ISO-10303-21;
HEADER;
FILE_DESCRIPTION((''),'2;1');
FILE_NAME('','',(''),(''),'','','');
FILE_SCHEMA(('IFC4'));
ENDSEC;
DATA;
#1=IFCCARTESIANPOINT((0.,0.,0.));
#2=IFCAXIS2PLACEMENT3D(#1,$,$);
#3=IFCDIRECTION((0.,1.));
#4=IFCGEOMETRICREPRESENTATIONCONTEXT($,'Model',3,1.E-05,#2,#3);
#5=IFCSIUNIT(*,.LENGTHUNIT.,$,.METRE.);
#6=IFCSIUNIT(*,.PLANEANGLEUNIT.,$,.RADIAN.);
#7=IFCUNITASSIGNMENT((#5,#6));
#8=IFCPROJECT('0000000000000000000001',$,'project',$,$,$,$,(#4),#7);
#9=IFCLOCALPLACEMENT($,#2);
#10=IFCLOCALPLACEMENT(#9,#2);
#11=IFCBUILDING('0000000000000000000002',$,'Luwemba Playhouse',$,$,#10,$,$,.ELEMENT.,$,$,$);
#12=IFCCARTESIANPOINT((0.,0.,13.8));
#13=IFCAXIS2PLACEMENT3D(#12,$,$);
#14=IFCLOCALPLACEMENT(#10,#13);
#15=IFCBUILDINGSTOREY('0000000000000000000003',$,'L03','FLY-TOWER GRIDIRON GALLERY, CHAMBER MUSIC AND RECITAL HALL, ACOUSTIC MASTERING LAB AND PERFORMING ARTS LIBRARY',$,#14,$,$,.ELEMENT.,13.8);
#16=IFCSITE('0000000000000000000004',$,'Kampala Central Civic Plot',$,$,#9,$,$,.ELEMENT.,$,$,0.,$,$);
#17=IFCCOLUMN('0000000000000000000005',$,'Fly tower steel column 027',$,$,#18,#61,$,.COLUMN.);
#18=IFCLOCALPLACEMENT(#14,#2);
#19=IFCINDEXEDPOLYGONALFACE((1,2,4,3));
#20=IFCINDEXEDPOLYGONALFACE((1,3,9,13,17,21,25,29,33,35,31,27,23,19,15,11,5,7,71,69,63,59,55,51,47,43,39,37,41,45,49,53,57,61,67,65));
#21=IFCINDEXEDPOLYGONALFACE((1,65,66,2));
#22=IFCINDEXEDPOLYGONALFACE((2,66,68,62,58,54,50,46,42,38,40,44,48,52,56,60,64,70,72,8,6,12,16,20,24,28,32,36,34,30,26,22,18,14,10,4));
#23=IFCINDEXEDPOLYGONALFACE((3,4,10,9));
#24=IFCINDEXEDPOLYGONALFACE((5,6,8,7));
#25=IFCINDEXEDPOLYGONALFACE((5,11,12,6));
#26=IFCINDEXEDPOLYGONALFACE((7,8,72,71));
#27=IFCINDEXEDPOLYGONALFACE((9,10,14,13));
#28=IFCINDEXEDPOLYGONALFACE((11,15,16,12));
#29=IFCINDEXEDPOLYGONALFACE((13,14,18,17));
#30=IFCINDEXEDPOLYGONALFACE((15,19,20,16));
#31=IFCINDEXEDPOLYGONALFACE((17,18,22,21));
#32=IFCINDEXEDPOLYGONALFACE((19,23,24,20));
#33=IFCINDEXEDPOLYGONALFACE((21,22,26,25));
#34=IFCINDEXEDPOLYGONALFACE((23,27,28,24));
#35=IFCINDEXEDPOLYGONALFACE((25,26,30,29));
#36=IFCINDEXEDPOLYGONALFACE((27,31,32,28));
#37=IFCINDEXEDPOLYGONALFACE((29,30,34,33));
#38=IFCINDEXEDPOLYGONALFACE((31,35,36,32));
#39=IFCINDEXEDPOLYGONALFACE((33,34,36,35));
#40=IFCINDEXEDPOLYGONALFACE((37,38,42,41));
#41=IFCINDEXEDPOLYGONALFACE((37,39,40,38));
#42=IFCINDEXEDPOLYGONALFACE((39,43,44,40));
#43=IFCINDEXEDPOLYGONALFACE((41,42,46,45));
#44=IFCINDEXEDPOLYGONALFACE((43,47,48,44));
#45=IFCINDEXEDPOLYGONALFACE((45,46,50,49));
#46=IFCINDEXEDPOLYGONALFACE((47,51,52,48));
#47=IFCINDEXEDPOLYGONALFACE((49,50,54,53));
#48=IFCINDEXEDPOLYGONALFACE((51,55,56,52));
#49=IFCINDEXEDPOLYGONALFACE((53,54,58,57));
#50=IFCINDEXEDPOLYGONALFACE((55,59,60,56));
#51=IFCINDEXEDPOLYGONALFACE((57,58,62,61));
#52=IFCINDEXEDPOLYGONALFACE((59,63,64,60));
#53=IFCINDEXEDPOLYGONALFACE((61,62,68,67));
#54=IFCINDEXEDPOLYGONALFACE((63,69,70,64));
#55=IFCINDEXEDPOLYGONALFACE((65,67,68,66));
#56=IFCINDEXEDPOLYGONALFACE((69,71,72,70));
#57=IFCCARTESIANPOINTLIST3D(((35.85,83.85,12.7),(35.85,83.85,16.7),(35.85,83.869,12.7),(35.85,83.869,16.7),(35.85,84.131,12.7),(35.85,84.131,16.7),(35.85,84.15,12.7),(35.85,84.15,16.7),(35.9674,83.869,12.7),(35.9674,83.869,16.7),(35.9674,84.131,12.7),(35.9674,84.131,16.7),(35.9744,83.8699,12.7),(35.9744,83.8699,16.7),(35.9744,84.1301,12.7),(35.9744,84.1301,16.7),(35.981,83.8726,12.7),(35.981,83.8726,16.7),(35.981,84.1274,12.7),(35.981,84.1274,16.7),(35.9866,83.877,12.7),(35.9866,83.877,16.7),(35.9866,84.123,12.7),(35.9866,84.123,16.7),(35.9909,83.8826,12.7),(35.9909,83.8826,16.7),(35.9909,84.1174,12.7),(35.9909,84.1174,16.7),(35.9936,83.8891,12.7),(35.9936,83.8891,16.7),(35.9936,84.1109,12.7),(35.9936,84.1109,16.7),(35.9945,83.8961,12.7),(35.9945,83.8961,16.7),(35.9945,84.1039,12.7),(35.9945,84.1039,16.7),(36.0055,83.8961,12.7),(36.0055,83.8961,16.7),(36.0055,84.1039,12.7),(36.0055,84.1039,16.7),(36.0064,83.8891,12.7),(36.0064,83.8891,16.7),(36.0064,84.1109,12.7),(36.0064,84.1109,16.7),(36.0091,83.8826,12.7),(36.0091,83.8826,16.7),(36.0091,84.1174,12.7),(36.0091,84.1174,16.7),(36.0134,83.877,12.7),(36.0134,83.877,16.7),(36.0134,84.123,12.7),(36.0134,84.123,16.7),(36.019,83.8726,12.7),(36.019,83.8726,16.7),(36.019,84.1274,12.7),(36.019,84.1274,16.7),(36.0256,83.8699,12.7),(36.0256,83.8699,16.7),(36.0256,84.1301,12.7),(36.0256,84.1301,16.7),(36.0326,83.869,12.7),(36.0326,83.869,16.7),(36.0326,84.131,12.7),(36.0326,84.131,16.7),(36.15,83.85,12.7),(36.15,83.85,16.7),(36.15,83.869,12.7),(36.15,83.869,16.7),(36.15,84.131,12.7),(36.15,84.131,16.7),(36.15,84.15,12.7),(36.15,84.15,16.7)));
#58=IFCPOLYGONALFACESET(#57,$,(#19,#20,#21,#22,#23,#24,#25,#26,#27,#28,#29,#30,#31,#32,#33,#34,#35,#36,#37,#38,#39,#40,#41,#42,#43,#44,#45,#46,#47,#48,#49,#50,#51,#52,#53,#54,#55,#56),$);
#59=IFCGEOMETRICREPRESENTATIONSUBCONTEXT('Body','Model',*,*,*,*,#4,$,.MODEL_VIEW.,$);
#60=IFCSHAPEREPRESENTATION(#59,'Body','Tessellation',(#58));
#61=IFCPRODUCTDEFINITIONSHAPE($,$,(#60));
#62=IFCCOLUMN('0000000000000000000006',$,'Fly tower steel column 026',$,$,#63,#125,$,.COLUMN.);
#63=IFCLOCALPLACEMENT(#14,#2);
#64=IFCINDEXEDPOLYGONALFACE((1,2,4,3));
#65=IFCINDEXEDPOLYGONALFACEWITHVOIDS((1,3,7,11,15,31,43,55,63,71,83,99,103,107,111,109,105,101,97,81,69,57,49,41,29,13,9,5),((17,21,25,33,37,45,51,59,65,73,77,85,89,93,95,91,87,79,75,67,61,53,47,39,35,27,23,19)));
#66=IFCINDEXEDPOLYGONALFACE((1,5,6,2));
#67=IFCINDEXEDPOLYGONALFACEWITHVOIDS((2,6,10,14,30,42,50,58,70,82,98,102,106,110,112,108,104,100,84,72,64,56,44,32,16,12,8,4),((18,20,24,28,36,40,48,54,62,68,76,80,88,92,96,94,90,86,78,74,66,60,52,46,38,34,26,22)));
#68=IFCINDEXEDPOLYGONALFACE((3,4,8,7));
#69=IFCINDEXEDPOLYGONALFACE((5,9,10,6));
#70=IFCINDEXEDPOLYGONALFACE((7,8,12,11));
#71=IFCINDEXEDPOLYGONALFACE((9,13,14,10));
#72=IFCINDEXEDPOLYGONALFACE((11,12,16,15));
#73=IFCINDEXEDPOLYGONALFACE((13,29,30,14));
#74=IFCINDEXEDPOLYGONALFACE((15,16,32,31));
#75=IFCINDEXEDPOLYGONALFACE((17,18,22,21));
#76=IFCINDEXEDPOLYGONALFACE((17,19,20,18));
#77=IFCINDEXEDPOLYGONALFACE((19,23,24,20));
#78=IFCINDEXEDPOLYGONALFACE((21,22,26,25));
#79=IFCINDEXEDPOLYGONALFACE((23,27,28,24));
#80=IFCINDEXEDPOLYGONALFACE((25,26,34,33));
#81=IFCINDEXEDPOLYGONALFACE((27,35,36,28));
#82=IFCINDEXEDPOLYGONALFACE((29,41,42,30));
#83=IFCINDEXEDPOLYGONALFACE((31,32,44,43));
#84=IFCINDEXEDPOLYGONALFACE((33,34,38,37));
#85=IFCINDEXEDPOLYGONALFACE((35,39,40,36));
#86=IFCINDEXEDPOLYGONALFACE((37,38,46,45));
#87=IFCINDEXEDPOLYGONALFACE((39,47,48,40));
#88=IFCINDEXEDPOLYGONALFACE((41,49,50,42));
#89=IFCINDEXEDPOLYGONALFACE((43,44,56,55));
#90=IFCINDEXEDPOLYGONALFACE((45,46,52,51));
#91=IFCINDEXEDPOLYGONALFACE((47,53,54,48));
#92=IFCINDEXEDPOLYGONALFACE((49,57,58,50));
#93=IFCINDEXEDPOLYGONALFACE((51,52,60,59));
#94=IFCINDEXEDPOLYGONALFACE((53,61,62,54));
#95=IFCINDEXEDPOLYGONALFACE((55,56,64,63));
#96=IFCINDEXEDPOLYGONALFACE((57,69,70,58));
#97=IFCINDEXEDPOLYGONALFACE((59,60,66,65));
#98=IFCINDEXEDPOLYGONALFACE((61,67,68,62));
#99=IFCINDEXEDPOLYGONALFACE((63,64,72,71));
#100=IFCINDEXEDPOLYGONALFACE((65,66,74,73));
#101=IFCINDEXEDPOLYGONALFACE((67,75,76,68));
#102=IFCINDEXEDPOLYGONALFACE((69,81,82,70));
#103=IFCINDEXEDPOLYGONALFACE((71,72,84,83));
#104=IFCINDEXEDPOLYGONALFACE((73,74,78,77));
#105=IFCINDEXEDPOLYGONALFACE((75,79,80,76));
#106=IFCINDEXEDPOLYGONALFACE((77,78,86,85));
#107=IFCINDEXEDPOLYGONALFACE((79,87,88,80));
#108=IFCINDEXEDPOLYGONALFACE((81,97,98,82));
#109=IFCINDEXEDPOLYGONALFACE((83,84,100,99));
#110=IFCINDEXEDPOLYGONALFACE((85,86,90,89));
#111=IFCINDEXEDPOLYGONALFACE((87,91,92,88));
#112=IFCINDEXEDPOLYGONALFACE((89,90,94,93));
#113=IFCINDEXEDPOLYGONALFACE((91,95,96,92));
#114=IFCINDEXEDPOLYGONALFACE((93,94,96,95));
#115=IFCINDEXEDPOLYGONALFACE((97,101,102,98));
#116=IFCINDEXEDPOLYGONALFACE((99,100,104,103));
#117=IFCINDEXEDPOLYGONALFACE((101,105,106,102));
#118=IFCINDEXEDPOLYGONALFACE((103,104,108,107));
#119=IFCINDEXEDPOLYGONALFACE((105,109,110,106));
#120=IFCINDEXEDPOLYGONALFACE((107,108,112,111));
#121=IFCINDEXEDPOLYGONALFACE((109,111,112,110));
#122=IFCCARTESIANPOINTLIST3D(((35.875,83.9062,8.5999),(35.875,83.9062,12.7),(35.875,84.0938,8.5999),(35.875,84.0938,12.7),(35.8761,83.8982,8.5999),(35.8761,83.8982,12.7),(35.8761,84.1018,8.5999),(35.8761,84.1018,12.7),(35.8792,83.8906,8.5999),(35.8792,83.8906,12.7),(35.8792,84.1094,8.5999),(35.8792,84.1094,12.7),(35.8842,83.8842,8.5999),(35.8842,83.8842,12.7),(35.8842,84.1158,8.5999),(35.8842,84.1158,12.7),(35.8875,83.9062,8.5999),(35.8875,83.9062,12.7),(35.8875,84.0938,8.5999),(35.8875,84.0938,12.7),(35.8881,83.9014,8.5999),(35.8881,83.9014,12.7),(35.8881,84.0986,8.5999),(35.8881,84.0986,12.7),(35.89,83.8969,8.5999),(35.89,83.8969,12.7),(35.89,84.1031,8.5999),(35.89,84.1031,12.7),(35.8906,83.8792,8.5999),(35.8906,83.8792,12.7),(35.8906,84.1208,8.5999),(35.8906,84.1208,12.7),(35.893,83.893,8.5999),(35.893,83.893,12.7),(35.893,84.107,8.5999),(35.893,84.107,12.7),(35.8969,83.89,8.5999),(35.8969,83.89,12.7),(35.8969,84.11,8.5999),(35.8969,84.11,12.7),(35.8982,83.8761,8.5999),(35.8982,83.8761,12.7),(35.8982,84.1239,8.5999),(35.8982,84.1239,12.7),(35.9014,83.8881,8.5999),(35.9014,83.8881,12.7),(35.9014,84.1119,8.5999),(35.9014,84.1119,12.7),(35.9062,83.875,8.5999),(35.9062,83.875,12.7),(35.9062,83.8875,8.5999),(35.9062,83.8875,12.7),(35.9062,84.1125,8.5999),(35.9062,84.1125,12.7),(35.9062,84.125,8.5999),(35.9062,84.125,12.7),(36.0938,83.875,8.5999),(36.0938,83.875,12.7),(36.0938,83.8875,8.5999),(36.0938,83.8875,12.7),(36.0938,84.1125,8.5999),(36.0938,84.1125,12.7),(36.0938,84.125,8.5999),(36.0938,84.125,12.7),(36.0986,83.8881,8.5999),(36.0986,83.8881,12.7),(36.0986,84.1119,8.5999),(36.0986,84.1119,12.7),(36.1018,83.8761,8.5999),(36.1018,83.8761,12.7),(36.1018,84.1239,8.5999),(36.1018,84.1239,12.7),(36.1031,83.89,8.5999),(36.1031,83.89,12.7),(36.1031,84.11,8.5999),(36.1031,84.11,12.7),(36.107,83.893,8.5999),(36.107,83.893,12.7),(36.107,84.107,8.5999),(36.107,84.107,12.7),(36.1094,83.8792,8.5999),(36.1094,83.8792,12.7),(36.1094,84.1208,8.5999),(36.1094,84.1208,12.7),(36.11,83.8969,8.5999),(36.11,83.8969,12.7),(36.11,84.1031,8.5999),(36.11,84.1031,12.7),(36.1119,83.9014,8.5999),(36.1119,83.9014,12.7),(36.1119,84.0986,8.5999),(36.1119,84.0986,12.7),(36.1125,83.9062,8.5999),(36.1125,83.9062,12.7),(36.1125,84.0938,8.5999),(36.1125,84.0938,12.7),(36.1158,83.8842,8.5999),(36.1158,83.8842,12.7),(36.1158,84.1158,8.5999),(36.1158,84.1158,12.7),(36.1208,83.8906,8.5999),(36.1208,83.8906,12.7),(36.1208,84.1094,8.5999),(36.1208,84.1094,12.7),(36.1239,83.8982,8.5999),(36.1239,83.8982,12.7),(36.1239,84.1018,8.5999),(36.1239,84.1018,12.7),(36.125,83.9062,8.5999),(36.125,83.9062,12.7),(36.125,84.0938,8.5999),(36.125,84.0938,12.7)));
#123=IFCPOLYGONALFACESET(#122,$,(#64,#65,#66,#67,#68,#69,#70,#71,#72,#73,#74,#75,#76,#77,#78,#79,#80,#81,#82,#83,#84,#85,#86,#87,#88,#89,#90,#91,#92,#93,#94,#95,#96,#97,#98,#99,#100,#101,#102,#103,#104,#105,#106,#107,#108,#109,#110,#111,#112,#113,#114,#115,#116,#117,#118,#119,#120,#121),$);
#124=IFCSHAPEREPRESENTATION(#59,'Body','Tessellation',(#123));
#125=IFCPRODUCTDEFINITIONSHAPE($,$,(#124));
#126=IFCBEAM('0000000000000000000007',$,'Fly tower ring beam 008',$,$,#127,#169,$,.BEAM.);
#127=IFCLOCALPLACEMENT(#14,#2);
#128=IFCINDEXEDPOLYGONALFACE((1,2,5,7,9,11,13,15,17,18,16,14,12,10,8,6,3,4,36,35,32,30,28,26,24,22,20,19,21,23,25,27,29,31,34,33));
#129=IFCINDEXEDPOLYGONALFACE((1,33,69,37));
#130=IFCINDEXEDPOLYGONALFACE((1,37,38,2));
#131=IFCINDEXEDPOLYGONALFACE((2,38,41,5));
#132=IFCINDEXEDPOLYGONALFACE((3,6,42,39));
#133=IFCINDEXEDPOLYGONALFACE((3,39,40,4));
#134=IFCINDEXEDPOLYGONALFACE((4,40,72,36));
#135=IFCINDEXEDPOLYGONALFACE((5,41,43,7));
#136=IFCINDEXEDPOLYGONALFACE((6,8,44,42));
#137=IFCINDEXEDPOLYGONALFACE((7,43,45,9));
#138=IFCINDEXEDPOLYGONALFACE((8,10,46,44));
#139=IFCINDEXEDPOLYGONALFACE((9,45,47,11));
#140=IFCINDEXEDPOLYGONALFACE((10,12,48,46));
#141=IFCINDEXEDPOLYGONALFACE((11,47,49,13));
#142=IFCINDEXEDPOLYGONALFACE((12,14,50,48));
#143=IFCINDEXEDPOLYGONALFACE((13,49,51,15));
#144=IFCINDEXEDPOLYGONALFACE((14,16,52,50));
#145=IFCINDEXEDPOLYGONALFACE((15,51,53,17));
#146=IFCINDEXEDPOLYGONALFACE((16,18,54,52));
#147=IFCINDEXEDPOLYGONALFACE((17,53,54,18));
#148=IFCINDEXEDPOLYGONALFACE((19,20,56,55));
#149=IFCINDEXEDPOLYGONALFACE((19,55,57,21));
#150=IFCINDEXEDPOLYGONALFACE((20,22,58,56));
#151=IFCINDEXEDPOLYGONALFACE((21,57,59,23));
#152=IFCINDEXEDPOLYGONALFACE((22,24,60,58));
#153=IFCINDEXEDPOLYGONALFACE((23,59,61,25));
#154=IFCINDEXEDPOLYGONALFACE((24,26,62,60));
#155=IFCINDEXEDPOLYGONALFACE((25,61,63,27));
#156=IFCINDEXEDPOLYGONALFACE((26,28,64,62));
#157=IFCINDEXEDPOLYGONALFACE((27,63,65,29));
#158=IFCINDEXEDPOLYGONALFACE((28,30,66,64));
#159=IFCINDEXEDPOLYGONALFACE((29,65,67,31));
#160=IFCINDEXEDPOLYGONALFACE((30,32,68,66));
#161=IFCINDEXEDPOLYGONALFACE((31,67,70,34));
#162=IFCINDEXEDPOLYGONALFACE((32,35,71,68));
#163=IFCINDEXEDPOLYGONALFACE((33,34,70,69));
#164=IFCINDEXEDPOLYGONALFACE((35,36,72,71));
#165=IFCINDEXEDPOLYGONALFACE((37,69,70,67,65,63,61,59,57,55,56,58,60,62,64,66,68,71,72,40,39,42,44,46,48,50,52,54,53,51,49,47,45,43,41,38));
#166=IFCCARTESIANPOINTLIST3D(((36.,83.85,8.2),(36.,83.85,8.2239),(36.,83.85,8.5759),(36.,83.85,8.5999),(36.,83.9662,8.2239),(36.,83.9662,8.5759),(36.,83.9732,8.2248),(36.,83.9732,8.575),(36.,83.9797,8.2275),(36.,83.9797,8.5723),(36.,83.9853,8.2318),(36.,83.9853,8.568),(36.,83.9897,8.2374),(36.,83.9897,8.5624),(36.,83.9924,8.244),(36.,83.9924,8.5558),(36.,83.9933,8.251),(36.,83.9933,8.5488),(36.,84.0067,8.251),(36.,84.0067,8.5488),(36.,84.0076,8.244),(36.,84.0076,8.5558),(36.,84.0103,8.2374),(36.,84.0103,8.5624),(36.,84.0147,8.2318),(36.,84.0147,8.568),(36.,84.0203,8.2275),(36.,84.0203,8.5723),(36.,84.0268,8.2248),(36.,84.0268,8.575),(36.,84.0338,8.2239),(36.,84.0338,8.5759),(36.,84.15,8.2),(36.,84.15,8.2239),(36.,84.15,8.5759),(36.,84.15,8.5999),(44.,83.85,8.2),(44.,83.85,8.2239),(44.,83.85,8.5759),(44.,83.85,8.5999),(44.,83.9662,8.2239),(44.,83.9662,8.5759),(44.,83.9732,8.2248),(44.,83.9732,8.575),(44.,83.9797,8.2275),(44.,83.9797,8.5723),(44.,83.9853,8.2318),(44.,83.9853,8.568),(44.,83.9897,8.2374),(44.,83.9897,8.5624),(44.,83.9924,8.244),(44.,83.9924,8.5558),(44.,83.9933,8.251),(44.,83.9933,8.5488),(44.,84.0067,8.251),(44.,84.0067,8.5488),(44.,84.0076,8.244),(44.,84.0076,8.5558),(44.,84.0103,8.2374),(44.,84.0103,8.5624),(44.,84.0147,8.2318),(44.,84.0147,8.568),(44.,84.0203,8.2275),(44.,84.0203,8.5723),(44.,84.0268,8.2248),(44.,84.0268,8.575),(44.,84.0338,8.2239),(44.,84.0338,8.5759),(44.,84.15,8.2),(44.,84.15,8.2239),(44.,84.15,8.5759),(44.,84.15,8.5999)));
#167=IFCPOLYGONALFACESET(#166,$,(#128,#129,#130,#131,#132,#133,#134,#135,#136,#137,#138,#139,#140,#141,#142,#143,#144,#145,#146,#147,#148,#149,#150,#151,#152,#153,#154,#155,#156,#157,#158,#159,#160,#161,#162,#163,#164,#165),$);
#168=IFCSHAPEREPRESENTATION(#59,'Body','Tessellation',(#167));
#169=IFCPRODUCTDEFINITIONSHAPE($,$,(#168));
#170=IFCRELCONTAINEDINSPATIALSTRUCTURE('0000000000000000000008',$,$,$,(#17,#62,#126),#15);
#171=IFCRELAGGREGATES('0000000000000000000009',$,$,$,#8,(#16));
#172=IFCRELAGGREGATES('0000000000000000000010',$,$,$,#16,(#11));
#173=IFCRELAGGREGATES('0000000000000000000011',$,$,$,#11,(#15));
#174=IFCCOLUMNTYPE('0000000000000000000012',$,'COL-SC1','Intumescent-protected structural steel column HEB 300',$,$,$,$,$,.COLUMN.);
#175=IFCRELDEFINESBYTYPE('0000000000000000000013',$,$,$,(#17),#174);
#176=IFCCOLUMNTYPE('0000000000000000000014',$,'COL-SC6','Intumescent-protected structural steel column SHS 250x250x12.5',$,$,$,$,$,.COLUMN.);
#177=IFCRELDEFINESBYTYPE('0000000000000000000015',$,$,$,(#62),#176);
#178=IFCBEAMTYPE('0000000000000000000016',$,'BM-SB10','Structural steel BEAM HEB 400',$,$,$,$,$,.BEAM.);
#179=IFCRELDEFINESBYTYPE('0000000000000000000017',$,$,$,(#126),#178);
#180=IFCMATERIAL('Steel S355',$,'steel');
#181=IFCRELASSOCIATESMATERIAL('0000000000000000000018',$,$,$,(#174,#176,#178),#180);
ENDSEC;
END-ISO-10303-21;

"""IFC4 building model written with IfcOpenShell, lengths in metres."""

from ifc_helpers import new_model, si_unit, direction, frame, origin, origin_2d, place, context, subcontext, project, spatial, hollow_rectangle, i_section, extrude, material, material_profile, profile_set, type_object, element, save


model = new_model("IFC4")

# Units and contexts
model_context = context("Model", 3, precision=1e-05, world=origin(), true_north=direction((0.0, 1.0)))
body_context = subcontext(model_context, "Body", "Model", "MODEL_VIEW")
ifc_project = project(units=[si_unit("LENGTHUNIT", "METRE"), si_unit("PLANEANGLEUNIT", "RADIAN")], contexts=[model_context])

# Site, building, storey
site_placement = place(None, origin())
site = spatial("IfcSite", under=ifc_project, at=site_placement, Name="Kampala Central Civic Plot", CompositionType="ELEMENT", RefElevation=0.0)
building_placement = place(site_placement, origin())
building = spatial("IfcBuilding", under=site, at=building_placement, Name="Luwemba Playhouse", CompositionType="ELEMENT")
storey_placement = place(building_placement, frame((0.0, 0.0, 13.8)))
storey = spatial("IfcBuildingStorey", under=building, at=storey_placement, Name="L03", Description="FLY-TOWER GRIDIRON GALLERY, CHAMBER MUSIC AND RECITAL HALL, ACOUSTIC MASTERING LAB AND PERFORMING ARTS LIBRARY", CompositionType="ELEMENT", Elevation=13.8)

# Columns
ifc_material_1 = material(Name="Steel S355", Category="steel")
ifc_material_profile_1 = material_profile(ifc_material_1, i_section(OverallWidth=0.3, OverallDepth=0.3, WebThickness=0.011, FlangeThickness=0.019, FilletRadius=0.0271, at=origin_2d()))
ifc_profile_set_1 = profile_set([ifc_material_profile_1], Name="Steel S355")
column_type_1 = type_object("IfcColumnType", Name="COL-SC1", Description="Intumescent-protected structural steel column HEB 300", PredefinedType="COLUMN", material=ifc_profile_set_1)
column_1_placement = place(storey_placement, frame((36.0, 84.0, 12.7), z_axis=(0.0, 0.0, 1.0), x_axis=(1.0, 0.0, 0.0)))
element("IfcColumn", 1, at=column_1_placement, inside=storey, type_object=column_type_1, Name="Fly tower steel column 027", PredefinedType="COLUMN", context=body_context, shape_type="SweptSolid", body=[
    extrude(i_section(OverallWidth=0.3, OverallDepth=0.3, WebThickness=0.011, FlangeThickness=0.019, FilletRadius=0.0271, at=origin_2d()), origin(), (0.0, 0.0, 1.0), 4.0),
])
ifc_material_profile_2 = material_profile(ifc_material_1, hollow_rectangle(XDim=0.25, YDim=0.25, WallThickness=0.0125, InnerFilletRadius=0.0188, OuterFilletRadius=0.0312, at=origin_2d()))
ifc_profile_set_2 = profile_set([ifc_material_profile_2], Name="Steel S355")
column_type_2 = type_object("IfcColumnType", Name="COL-SC6", Description="Intumescent-protected structural steel column SHS 250x250x12.5", PredefinedType="COLUMN", material=ifc_profile_set_2)
column_2_placement = place(storey_placement, frame((36.0, 84.0, 8.5999), z_axis=(0.0, 0.0, 1.0), x_axis=(1.0, 0.0, 0.0)))
element("IfcColumn", 2, at=column_2_placement, inside=storey, type_object=column_type_2, Name="Fly tower steel column 026", PredefinedType="COLUMN", context=body_context, shape_type="SweptSolid", body=[
    extrude(hollow_rectangle(XDim=0.25, YDim=0.25, WallThickness=0.0125, InnerFilletRadius=0.0188, OuterFilletRadius=0.0312, at=origin_2d()), origin(), (0.0, 0.0, 1.0), 4.1001),
])

# Beam
ifc_material_profile_3 = material_profile(ifc_material_1, i_section(OverallWidth=0.3, OverallDepth=0.3999, WebThickness=0.0134, FlangeThickness=0.0239, FilletRadius=0.0271, at=origin_2d()))
ifc_profile_set_3 = profile_set([ifc_material_profile_3], Name="Steel S355")
beam_type = type_object("IfcBeamType", Name="BM-SB10", Description="Structural steel BEAM HEB 400", PredefinedType="BEAM", material=ifc_profile_set_3)
for number, where, z_axis, x_axis, name in (
    (3, (36.0, 84.0, 8.3999), (1.0, 0.0, 0.0), (0.0, 1.0, 0.0), "Fly tower ring beam 008"),
):
    element("IfcBeam", number, at=place(storey_placement, frame(where, z_axis=z_axis, x_axis=x_axis)), inside=storey, type_object=beam_type, Name=name, PredefinedType="BEAM", context=body_context, shape_type="SweptSolid", body=[
        extrude(i_section(OverallWidth=0.3, OverallDepth=0.3999, WebThickness=0.0134, FlangeThickness=0.0239, FilletRadius=0.0271, at=origin_2d()), origin(), (0.0, 0.0, 1.0), 8.0),
    ])

save(model, "model.ifc")
